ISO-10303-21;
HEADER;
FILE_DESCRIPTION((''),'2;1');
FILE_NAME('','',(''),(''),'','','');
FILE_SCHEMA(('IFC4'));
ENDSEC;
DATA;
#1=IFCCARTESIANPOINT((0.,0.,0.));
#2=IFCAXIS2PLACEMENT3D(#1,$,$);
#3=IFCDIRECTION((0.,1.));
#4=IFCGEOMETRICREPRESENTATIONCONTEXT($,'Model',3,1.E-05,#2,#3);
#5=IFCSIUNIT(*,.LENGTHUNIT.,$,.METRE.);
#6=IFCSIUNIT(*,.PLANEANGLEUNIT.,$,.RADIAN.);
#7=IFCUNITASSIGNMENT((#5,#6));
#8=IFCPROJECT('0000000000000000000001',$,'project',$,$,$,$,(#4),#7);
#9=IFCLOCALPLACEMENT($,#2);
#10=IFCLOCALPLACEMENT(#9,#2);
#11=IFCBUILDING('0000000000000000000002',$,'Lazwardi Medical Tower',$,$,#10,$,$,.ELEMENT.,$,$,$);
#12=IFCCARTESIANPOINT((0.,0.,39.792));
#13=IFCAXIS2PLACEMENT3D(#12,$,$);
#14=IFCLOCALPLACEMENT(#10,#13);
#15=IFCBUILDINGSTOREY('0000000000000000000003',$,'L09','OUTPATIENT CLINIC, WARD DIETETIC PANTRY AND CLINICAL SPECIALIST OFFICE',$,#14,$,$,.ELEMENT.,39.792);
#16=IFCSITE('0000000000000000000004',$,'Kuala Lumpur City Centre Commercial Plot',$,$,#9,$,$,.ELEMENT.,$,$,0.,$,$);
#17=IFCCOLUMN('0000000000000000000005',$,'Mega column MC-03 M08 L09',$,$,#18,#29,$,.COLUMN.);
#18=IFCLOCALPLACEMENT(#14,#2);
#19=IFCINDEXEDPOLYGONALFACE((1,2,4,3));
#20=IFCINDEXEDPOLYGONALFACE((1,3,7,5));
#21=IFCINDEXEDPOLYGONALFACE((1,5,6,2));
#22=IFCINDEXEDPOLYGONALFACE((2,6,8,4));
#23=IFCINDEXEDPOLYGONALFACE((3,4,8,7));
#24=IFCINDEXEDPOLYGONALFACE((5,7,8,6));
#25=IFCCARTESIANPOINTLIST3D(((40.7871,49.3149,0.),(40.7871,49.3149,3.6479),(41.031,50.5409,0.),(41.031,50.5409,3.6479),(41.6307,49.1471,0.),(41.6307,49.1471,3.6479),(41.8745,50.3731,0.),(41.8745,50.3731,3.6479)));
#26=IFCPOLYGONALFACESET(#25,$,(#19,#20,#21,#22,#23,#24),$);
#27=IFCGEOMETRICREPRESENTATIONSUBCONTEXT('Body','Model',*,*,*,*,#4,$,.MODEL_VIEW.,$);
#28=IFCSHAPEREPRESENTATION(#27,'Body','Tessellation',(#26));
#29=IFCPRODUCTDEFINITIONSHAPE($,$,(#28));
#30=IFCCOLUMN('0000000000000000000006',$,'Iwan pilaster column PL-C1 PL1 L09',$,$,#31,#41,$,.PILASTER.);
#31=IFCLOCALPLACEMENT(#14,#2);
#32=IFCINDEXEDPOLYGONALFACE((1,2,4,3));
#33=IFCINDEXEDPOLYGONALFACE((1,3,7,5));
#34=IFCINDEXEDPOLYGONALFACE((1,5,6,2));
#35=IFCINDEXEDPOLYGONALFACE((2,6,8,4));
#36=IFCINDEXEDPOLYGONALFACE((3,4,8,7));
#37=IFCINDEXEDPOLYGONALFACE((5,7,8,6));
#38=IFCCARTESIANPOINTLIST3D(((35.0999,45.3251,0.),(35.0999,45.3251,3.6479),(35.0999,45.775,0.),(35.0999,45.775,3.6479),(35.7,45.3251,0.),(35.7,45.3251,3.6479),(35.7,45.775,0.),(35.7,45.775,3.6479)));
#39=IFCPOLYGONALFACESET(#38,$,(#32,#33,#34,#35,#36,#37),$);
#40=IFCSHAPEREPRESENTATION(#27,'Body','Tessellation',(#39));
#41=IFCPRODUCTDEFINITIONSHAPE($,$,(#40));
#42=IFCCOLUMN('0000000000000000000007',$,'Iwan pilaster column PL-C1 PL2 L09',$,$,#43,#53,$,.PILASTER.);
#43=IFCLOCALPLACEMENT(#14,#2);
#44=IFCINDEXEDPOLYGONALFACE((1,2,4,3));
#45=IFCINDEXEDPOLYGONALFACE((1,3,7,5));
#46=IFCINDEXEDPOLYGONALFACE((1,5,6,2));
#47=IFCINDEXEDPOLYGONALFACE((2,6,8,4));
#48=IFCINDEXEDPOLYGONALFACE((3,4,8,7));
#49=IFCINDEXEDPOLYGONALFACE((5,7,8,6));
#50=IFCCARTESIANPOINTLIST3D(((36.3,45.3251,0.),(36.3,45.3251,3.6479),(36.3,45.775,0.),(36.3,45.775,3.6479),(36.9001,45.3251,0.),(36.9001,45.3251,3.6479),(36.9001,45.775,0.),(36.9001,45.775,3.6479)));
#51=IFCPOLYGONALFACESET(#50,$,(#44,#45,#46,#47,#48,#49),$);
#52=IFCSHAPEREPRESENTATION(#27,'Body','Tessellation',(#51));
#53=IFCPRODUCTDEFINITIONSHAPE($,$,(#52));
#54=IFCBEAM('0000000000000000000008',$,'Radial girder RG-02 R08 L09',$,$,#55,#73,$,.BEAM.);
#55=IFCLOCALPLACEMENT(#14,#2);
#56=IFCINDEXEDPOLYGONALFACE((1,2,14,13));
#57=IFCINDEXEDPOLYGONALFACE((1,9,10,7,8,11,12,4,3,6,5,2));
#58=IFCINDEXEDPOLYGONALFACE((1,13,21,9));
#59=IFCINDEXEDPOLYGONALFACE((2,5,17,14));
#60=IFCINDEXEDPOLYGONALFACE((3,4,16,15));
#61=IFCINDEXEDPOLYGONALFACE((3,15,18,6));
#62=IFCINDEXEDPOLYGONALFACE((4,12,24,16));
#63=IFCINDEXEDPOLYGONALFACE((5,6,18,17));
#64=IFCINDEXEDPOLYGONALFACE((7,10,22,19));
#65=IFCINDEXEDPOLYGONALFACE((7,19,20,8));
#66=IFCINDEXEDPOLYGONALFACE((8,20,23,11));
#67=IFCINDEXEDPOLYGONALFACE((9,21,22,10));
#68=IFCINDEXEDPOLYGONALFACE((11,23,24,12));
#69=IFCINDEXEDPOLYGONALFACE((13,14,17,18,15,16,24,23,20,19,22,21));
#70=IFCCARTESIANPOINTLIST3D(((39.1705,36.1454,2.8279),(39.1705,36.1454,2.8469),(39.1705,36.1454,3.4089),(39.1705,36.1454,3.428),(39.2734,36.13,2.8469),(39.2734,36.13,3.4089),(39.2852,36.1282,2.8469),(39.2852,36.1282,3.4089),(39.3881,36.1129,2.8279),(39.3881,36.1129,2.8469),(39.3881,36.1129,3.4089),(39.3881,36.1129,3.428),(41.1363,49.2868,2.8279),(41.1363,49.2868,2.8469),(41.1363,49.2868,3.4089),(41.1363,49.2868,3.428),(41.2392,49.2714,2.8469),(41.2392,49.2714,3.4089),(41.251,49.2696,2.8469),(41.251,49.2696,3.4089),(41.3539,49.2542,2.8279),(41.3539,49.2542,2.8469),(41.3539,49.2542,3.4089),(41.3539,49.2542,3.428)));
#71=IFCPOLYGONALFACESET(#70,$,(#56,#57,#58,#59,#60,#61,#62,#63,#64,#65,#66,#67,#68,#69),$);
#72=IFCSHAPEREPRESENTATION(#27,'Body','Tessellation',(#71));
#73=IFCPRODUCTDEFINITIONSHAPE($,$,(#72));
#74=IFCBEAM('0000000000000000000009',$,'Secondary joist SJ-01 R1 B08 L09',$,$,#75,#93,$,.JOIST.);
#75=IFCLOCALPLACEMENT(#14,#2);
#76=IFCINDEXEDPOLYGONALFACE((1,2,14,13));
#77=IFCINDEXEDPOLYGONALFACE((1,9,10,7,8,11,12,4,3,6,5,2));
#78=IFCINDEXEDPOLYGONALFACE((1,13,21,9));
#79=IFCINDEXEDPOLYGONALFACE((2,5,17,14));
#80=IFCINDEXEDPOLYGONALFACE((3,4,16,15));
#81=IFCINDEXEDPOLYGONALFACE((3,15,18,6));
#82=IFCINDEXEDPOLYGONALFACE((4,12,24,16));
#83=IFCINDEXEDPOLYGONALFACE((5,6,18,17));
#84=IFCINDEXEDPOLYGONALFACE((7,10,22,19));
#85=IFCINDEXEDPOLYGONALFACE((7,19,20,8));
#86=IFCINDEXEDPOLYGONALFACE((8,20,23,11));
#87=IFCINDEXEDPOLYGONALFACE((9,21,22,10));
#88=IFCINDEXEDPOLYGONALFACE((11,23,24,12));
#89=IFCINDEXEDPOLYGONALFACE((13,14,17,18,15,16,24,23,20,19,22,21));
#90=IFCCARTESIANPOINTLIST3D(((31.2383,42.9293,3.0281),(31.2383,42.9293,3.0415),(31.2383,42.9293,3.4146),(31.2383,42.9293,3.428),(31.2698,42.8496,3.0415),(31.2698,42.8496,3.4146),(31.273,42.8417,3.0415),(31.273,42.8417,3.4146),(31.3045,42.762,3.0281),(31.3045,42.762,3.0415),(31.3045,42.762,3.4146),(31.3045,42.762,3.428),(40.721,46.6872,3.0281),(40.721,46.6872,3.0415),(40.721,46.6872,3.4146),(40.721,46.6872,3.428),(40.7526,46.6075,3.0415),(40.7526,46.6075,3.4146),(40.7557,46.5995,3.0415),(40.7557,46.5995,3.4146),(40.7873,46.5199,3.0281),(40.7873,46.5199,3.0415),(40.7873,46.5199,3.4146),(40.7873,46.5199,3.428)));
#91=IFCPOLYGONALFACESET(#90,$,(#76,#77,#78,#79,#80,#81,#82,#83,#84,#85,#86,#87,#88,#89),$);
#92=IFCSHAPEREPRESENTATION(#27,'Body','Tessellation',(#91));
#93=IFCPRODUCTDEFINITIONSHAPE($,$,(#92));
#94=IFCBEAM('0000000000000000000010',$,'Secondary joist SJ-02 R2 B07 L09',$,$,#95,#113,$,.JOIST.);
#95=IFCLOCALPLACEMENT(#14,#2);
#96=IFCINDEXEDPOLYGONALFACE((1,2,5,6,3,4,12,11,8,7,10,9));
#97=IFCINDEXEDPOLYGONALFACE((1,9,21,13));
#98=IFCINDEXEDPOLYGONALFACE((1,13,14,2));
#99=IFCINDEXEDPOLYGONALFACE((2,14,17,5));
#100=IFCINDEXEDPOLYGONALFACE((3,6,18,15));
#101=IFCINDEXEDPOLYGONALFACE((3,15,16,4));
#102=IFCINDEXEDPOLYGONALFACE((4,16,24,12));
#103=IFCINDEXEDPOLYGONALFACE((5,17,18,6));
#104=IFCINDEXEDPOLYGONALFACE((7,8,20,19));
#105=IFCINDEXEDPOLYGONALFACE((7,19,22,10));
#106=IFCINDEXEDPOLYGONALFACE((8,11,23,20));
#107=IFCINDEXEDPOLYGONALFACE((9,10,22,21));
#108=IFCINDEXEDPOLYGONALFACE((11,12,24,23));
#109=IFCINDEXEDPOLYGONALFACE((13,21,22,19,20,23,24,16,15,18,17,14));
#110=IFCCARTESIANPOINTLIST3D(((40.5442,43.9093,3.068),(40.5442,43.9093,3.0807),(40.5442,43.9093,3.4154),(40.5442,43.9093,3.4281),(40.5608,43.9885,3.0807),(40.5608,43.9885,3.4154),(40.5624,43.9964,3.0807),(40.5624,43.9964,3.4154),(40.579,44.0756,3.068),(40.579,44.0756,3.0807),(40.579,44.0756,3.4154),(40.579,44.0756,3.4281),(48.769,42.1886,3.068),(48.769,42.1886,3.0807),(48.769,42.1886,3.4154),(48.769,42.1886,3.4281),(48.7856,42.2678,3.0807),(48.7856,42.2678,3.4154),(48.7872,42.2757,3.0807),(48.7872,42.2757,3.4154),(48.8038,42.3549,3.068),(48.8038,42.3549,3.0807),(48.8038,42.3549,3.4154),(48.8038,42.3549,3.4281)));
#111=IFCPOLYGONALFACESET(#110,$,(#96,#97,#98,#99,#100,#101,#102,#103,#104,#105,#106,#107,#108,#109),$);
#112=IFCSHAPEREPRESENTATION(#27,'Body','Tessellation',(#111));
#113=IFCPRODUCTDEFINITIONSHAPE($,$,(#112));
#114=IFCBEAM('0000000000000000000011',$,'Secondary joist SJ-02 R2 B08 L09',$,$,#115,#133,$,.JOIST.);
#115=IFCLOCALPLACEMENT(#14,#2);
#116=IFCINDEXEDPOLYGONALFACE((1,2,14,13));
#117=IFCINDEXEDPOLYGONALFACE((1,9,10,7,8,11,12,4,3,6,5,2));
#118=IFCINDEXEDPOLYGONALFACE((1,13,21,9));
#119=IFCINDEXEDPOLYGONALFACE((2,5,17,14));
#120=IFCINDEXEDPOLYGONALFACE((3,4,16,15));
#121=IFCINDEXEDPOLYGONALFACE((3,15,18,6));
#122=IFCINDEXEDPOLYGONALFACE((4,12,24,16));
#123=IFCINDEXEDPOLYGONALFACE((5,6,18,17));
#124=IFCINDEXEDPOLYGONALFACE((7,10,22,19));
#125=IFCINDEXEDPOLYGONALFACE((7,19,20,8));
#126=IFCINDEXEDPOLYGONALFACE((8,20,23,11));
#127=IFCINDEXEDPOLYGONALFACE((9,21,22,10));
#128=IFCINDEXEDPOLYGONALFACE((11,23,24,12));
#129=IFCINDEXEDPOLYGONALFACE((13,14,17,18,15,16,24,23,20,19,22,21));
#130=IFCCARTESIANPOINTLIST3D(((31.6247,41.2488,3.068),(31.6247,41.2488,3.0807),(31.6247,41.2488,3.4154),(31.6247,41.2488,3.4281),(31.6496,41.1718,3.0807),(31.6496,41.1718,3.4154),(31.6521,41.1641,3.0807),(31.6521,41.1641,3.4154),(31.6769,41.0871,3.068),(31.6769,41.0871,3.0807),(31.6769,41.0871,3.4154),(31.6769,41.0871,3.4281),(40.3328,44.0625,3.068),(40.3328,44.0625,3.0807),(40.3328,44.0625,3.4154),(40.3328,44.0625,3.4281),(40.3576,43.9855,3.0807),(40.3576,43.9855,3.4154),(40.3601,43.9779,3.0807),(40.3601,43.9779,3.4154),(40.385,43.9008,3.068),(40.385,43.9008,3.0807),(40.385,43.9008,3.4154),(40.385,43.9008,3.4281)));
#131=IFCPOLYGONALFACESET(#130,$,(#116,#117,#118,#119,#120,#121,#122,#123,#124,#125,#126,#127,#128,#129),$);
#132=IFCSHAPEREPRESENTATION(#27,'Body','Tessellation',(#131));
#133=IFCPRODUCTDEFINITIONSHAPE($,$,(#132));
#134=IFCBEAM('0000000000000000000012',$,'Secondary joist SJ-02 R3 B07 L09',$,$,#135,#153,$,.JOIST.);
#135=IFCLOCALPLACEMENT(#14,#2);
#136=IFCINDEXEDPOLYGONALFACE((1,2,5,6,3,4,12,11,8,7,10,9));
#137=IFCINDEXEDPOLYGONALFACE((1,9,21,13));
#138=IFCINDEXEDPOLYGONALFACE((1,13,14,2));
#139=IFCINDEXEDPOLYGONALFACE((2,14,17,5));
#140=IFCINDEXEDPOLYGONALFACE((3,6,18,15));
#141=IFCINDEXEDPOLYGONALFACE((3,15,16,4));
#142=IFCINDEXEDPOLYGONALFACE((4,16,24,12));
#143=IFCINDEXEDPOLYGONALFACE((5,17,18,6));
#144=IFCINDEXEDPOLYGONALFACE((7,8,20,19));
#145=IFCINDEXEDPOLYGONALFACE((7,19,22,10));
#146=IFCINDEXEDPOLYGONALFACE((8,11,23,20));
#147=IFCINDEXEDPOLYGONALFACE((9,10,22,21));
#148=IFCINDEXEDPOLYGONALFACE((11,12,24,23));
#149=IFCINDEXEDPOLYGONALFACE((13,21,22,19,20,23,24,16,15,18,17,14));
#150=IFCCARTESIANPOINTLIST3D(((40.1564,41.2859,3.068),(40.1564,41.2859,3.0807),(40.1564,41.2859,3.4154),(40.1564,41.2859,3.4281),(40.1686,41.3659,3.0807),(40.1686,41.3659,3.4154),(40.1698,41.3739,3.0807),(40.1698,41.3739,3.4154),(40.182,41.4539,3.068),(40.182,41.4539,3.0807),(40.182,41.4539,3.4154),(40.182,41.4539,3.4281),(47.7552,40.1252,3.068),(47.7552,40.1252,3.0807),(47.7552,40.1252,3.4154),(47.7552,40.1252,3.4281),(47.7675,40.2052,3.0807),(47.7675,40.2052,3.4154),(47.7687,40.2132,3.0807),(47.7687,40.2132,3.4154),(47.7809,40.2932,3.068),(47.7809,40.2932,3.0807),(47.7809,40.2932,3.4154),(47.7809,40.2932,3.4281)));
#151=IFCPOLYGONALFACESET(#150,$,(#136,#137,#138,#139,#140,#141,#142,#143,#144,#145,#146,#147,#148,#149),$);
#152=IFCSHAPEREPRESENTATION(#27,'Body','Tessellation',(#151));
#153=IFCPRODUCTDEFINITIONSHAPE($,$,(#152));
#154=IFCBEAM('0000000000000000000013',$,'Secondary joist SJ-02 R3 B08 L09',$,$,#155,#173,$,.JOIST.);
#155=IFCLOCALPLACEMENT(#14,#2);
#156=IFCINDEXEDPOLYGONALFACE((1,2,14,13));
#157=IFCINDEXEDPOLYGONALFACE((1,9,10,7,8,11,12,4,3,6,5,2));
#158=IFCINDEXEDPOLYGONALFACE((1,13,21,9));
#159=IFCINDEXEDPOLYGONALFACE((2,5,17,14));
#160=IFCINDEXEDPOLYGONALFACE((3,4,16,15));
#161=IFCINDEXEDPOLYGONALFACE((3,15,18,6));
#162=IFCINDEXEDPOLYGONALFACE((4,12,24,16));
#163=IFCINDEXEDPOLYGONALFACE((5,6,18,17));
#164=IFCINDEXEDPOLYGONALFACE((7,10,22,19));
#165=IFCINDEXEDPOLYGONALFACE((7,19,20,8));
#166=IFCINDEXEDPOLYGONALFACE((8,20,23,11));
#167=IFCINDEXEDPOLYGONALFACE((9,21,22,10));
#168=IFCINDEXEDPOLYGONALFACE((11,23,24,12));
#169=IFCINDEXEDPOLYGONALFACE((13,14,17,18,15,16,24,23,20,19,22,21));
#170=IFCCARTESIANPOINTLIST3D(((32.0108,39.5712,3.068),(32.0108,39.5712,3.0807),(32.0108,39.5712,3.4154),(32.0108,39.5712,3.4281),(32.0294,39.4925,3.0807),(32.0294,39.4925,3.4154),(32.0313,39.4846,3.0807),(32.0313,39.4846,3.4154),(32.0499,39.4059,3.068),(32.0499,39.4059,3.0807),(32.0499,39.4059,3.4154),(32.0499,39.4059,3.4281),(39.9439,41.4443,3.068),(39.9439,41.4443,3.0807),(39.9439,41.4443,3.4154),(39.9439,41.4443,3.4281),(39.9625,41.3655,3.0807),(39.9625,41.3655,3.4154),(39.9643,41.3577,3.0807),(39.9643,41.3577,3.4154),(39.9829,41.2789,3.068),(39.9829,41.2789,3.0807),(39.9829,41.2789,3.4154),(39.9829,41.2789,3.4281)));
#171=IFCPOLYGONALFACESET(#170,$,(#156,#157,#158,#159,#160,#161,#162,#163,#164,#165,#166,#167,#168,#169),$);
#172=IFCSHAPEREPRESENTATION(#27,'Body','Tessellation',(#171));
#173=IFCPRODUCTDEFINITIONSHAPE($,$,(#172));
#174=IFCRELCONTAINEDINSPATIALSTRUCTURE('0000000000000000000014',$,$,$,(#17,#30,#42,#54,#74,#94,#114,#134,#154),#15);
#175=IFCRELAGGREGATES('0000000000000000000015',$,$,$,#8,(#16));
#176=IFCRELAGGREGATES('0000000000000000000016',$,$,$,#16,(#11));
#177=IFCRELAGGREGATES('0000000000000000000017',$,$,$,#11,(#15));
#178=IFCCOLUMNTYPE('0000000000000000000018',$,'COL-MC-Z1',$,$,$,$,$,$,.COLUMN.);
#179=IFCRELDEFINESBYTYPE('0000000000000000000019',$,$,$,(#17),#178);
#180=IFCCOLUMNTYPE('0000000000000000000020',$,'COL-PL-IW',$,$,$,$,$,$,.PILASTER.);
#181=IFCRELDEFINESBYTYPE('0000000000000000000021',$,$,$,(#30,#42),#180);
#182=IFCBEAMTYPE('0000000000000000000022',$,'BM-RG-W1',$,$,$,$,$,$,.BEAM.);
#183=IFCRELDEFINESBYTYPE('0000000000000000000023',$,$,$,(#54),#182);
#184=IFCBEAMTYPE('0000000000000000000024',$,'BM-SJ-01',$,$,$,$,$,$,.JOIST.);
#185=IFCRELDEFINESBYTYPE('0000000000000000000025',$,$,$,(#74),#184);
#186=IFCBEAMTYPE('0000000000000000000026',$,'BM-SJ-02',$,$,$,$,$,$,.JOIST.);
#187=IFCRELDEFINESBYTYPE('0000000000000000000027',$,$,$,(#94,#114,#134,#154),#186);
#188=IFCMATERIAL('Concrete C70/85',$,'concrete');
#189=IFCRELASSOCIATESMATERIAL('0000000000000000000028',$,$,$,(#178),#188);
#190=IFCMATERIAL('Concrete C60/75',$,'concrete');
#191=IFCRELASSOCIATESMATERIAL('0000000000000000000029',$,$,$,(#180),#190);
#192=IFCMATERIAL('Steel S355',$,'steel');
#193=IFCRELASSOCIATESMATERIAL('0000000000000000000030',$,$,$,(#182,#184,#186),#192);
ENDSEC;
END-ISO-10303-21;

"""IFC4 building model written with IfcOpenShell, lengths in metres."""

from ifc_helpers import new_model, si_unit, direction, frame, origin, origin_2d, place, context, subcontext, project, spatial, rectangle, i_section, extrude, material, material_profile, profile_set, type_object, element, save


model = new_model("IFC4")

# Units and contexts
model_context = context("Model", 3, precision=1e-05, world=origin(), true_north=direction((0.0, 1.0)))
body_context = subcontext(model_context, "Body", "Model", "MODEL_VIEW")
ifc_project = project(units=[si_unit("LENGTHUNIT", "METRE"), si_unit("PLANEANGLEUNIT", "RADIAN")], contexts=[model_context])

# Site, building, storey
site_placement = place(None, origin())
site = spatial("IfcSite", under=ifc_project, at=site_placement, Name="Kuala Lumpur City Centre Commercial Plot", CompositionType="ELEMENT", RefElevation=0.0)
building_placement = place(site_placement, origin())
building = spatial("IfcBuilding", under=site, at=building_placement, Name="Lazwardi Medical Tower", CompositionType="ELEMENT")
storey_placement = place(building_placement, frame((0.0, 0.0, 39.792)))
storey = spatial("IfcBuildingStorey", under=building, at=storey_placement, Name="L09", Description="OUTPATIENT CLINIC, WARD DIETETIC PANTRY AND CLINICAL SPECIALIST OFFICE", CompositionType="ELEMENT", Elevation=39.792)

# Columns
ifc_material_1 = material(Name="Concrete C70/85", Category="concrete")
ifc_material_profile_1 = material_profile(ifc_material_1, rectangle(XDim=1.25, YDim=0.8601, at=origin_2d()), Name="CFT-RECT 1250x860")
ifc_profile_set_1 = profile_set([ifc_material_profile_1], Name="Concrete C70/85")
column_type_1 = type_object("IfcColumnType", Name="COL-MC-Z1", PredefinedType="COLUMN", material=ifc_profile_set_1)
column_placement = place(storey_placement, frame((41.3308, 49.844, 0.0), z_axis=(0.0, 0.0, 1.0), x_axis=(0.19509, 0.980785, 0.0)))
element("IfcColumn", 1, at=column_placement, inside=storey, type_object=column_type_1, Name="Mega column MC-03 M08 L09", PredefinedType="COLUMN", context=body_context, shape_type="SweptSolid", body=[
    extrude(rectangle(XDim=1.25, YDim=0.8601, at=origin_2d()), origin(), (0.0, 0.0, 1.0), 3.6479),
])
ifc_material_2 = material(Name="Concrete C60/75", Category="concrete")
ifc_material_profile_2 = material_profile(ifc_material_2, rectangle(XDim=0.6001, YDim=0.45, at=origin_2d()), Name="RC 600x450")
ifc_profile_set_2 = profile_set([ifc_material_profile_2], Name="Concrete C60/75")
column_type_2 = type_object("IfcColumnType", Name="COL-PL-IW", PredefinedType="PILASTER", material=ifc_profile_set_2)
for number, where, z_axis, x_axis, name in (
    (2, (35.3999, 45.55, 0.0), (0.0, 0.0, 1.0), (1.0, 0.0, 0.0), "Iwan pilaster column PL-C1 PL1 L09"),
    (3, (36.6001, 45.55, 0.0), (0.0, 0.0, 1.0), (1.0, 0.0, 0.0), "Iwan pilaster column PL-C1 PL2 L09"),
):
    element("IfcColumn", number, at=place(storey_placement, frame(where, z_axis=z_axis, x_axis=x_axis)), inside=storey, type_object=column_type_2, Name=name, PredefinedType="PILASTER", context=body_context, shape_type="SweptSolid", body=[
        extrude(rectangle(XDim=0.6001, YDim=0.45, at=origin_2d()), origin(), (0.0, 0.0, 1.0), 3.6479),
    ])

# Beams
ifc_material_3 = material(Name="Steel S355", Category="steel")
ifc_material_profile_3 = material_profile(ifc_material_3, i_section(OverallWidth=0.22, OverallDepth=0.6001, WebThickness=0.012, FlangeThickness=0.019, at=origin_2d()), Name="IPE 600")
ifc_profile_set_3 = profile_set([ifc_material_profile_3], Name="Steel S355")
beam_type_1 = type_object("IfcBeamType", Name="BM-RG-W1", PredefinedType="BEAM", material=ifc_profile_set_3)
beam_1_placement = place(storey_placement, frame((41.2451, 49.2705, 3.1279), z_axis=(-0.147944, -0.988996, 0.0), x_axis=(0.988996, -0.147944, 0.0)))
element("IfcBeam", 4, at=beam_1_placement, inside=storey, type_object=beam_type_1, Name="Radial girder RG-02 R08 L09", PredefinedType="BEAM", context=body_context, shape_type="SweptSolid", body=[
    extrude(i_section(OverallWidth=0.22, OverallDepth=0.6001, WebThickness=0.012, FlangeThickness=0.019, at=origin_2d()), origin(), (0.0, 0.0, 1.0), 13.2876),
])
ifc_material_profile_4 = material_profile(ifc_material_3, i_section(OverallWidth=0.1799, OverallDepth=0.3999, WebThickness=0.0085, FlangeThickness=0.0134, at=origin_2d()), Name="IPE 400")
ifc_profile_set_4 = profile_set([ifc_material_profile_4], Name="Steel S355")
beam_type_2 = type_object("IfcBeamType", Name="BM-SJ-01", PredefinedType="JOIST", material=ifc_profile_set_4)
beam_2_placement = place(storey_placement, frame((40.7542, 46.6035, 3.228), z_axis=(-0.929664, -0.368409, 0.0), x_axis=(0.368409, -0.929664, 0.0)))
element("IfcBeam", 5, at=beam_2_placement, inside=storey, type_object=beam_type_2, Name="Secondary joist SJ-01 R1 B08 L09", PredefinedType="JOIST", context=body_context, shape_type="SweptSolid", body=[
    extrude(i_section(OverallWidth=0.1799, OverallDepth=0.3999, WebThickness=0.0085, FlangeThickness=0.0134, at=origin_2d()), origin(), (0.0, 0.0, 1.0), 10.2002),
])
ifc_material_profile_5 = material_profile(ifc_material_3, i_section(OverallWidth=0.1699, OverallDepth=0.3601, WebThickness=0.0081, FlangeThickness=0.0127, at=origin_2d()), Name="IPE 360")
ifc_profile_set_5 = profile_set([ifc_material_profile_5], Name="Steel S355")
beam_type_3 = type_object("IfcBeamType", Name="BM-SJ-02", PredefinedType="JOIST", material=ifc_profile_set_5)
beam_3_placement = place(storey_placement, frame((48.7864, 42.2717, 3.248), z_axis=(-0.978809, 0.204774, 0.0), x_axis=(-0.204774, -0.978809, 0.0)))
element("IfcBeam", 6, at=beam_3_placement, inside=storey, type_object=beam_type_3, Name="Secondary joist SJ-02 R2 B07 L09", PredefinedType="JOIST", context=body_context, shape_type="SweptSolid", body=[
    extrude(i_section(OverallWidth=0.1699, OverallDepth=0.3601, WebThickness=0.0081, FlangeThickness=0.0127, at=origin_2d()), origin(), (0.0, 0.0, 1.0), 8.4028),
])
beam_4_placement = place(storey_placement, frame((40.3589, 43.9817, 3.248), z_axis=(-0.951559, -0.307467, 0.0), x_axis=(0.307467, -0.951559, 0.0)))
element("IfcBeam", 7, at=beam_4_placement, inside=storey, type_object=beam_type_3, Name="Secondary joist SJ-02 R2 B08 L09", PredefinedType="JOIST", context=body_context, shape_type="SweptSolid", body=[
    extrude(i_section(OverallWidth=0.1699, OverallDepth=0.3601, WebThickness=0.0081, FlangeThickness=0.0127, at=origin_2d()), origin(), (0.0, 0.0, 1.0), 9.1514),
])
beam_5_placement = place(storey_placement, frame((47.7681, 40.2092, 3.248), z_axis=(-0.988536, 0.150988, 0.0), x_axis=(-0.150988, -0.988536, 0.0)))
element("IfcBeam", 8, at=beam_5_placement, inside=storey, type_object=beam_type_3, Name="Secondary joist SJ-02 R3 B07 L09", PredefinedType="JOIST", context=body_context, shape_type="SweptSolid", body=[
    extrude(i_section(OverallWidth=0.1699, OverallDepth=0.3601, WebThickness=0.0081, FlangeThickness=0.0127, at=origin_2d()), origin(), (0.0, 0.0, 1.0), 7.687),
])
beam_6_placement = place(storey_placement, frame((39.9634, 41.3616, 3.248), z_axis=(-0.973241, -0.229787, 0.0), x_axis=(0.229787, -0.973241, 0.0)))
element("IfcBeam", 9, at=beam_6_placement, inside=storey, type_object=beam_type_3, Name="Secondary joist SJ-02 R3 B08 L09", PredefinedType="JOIST", context=body_context, shape_type="SweptSolid", body=[
    extrude(i_section(OverallWidth=0.1699, OverallDepth=0.3601, WebThickness=0.0081, FlangeThickness=0.0127, at=origin_2d()), origin(), (0.0, 0.0, 1.0), 8.1511),
])

save(model, "model.ifc")
